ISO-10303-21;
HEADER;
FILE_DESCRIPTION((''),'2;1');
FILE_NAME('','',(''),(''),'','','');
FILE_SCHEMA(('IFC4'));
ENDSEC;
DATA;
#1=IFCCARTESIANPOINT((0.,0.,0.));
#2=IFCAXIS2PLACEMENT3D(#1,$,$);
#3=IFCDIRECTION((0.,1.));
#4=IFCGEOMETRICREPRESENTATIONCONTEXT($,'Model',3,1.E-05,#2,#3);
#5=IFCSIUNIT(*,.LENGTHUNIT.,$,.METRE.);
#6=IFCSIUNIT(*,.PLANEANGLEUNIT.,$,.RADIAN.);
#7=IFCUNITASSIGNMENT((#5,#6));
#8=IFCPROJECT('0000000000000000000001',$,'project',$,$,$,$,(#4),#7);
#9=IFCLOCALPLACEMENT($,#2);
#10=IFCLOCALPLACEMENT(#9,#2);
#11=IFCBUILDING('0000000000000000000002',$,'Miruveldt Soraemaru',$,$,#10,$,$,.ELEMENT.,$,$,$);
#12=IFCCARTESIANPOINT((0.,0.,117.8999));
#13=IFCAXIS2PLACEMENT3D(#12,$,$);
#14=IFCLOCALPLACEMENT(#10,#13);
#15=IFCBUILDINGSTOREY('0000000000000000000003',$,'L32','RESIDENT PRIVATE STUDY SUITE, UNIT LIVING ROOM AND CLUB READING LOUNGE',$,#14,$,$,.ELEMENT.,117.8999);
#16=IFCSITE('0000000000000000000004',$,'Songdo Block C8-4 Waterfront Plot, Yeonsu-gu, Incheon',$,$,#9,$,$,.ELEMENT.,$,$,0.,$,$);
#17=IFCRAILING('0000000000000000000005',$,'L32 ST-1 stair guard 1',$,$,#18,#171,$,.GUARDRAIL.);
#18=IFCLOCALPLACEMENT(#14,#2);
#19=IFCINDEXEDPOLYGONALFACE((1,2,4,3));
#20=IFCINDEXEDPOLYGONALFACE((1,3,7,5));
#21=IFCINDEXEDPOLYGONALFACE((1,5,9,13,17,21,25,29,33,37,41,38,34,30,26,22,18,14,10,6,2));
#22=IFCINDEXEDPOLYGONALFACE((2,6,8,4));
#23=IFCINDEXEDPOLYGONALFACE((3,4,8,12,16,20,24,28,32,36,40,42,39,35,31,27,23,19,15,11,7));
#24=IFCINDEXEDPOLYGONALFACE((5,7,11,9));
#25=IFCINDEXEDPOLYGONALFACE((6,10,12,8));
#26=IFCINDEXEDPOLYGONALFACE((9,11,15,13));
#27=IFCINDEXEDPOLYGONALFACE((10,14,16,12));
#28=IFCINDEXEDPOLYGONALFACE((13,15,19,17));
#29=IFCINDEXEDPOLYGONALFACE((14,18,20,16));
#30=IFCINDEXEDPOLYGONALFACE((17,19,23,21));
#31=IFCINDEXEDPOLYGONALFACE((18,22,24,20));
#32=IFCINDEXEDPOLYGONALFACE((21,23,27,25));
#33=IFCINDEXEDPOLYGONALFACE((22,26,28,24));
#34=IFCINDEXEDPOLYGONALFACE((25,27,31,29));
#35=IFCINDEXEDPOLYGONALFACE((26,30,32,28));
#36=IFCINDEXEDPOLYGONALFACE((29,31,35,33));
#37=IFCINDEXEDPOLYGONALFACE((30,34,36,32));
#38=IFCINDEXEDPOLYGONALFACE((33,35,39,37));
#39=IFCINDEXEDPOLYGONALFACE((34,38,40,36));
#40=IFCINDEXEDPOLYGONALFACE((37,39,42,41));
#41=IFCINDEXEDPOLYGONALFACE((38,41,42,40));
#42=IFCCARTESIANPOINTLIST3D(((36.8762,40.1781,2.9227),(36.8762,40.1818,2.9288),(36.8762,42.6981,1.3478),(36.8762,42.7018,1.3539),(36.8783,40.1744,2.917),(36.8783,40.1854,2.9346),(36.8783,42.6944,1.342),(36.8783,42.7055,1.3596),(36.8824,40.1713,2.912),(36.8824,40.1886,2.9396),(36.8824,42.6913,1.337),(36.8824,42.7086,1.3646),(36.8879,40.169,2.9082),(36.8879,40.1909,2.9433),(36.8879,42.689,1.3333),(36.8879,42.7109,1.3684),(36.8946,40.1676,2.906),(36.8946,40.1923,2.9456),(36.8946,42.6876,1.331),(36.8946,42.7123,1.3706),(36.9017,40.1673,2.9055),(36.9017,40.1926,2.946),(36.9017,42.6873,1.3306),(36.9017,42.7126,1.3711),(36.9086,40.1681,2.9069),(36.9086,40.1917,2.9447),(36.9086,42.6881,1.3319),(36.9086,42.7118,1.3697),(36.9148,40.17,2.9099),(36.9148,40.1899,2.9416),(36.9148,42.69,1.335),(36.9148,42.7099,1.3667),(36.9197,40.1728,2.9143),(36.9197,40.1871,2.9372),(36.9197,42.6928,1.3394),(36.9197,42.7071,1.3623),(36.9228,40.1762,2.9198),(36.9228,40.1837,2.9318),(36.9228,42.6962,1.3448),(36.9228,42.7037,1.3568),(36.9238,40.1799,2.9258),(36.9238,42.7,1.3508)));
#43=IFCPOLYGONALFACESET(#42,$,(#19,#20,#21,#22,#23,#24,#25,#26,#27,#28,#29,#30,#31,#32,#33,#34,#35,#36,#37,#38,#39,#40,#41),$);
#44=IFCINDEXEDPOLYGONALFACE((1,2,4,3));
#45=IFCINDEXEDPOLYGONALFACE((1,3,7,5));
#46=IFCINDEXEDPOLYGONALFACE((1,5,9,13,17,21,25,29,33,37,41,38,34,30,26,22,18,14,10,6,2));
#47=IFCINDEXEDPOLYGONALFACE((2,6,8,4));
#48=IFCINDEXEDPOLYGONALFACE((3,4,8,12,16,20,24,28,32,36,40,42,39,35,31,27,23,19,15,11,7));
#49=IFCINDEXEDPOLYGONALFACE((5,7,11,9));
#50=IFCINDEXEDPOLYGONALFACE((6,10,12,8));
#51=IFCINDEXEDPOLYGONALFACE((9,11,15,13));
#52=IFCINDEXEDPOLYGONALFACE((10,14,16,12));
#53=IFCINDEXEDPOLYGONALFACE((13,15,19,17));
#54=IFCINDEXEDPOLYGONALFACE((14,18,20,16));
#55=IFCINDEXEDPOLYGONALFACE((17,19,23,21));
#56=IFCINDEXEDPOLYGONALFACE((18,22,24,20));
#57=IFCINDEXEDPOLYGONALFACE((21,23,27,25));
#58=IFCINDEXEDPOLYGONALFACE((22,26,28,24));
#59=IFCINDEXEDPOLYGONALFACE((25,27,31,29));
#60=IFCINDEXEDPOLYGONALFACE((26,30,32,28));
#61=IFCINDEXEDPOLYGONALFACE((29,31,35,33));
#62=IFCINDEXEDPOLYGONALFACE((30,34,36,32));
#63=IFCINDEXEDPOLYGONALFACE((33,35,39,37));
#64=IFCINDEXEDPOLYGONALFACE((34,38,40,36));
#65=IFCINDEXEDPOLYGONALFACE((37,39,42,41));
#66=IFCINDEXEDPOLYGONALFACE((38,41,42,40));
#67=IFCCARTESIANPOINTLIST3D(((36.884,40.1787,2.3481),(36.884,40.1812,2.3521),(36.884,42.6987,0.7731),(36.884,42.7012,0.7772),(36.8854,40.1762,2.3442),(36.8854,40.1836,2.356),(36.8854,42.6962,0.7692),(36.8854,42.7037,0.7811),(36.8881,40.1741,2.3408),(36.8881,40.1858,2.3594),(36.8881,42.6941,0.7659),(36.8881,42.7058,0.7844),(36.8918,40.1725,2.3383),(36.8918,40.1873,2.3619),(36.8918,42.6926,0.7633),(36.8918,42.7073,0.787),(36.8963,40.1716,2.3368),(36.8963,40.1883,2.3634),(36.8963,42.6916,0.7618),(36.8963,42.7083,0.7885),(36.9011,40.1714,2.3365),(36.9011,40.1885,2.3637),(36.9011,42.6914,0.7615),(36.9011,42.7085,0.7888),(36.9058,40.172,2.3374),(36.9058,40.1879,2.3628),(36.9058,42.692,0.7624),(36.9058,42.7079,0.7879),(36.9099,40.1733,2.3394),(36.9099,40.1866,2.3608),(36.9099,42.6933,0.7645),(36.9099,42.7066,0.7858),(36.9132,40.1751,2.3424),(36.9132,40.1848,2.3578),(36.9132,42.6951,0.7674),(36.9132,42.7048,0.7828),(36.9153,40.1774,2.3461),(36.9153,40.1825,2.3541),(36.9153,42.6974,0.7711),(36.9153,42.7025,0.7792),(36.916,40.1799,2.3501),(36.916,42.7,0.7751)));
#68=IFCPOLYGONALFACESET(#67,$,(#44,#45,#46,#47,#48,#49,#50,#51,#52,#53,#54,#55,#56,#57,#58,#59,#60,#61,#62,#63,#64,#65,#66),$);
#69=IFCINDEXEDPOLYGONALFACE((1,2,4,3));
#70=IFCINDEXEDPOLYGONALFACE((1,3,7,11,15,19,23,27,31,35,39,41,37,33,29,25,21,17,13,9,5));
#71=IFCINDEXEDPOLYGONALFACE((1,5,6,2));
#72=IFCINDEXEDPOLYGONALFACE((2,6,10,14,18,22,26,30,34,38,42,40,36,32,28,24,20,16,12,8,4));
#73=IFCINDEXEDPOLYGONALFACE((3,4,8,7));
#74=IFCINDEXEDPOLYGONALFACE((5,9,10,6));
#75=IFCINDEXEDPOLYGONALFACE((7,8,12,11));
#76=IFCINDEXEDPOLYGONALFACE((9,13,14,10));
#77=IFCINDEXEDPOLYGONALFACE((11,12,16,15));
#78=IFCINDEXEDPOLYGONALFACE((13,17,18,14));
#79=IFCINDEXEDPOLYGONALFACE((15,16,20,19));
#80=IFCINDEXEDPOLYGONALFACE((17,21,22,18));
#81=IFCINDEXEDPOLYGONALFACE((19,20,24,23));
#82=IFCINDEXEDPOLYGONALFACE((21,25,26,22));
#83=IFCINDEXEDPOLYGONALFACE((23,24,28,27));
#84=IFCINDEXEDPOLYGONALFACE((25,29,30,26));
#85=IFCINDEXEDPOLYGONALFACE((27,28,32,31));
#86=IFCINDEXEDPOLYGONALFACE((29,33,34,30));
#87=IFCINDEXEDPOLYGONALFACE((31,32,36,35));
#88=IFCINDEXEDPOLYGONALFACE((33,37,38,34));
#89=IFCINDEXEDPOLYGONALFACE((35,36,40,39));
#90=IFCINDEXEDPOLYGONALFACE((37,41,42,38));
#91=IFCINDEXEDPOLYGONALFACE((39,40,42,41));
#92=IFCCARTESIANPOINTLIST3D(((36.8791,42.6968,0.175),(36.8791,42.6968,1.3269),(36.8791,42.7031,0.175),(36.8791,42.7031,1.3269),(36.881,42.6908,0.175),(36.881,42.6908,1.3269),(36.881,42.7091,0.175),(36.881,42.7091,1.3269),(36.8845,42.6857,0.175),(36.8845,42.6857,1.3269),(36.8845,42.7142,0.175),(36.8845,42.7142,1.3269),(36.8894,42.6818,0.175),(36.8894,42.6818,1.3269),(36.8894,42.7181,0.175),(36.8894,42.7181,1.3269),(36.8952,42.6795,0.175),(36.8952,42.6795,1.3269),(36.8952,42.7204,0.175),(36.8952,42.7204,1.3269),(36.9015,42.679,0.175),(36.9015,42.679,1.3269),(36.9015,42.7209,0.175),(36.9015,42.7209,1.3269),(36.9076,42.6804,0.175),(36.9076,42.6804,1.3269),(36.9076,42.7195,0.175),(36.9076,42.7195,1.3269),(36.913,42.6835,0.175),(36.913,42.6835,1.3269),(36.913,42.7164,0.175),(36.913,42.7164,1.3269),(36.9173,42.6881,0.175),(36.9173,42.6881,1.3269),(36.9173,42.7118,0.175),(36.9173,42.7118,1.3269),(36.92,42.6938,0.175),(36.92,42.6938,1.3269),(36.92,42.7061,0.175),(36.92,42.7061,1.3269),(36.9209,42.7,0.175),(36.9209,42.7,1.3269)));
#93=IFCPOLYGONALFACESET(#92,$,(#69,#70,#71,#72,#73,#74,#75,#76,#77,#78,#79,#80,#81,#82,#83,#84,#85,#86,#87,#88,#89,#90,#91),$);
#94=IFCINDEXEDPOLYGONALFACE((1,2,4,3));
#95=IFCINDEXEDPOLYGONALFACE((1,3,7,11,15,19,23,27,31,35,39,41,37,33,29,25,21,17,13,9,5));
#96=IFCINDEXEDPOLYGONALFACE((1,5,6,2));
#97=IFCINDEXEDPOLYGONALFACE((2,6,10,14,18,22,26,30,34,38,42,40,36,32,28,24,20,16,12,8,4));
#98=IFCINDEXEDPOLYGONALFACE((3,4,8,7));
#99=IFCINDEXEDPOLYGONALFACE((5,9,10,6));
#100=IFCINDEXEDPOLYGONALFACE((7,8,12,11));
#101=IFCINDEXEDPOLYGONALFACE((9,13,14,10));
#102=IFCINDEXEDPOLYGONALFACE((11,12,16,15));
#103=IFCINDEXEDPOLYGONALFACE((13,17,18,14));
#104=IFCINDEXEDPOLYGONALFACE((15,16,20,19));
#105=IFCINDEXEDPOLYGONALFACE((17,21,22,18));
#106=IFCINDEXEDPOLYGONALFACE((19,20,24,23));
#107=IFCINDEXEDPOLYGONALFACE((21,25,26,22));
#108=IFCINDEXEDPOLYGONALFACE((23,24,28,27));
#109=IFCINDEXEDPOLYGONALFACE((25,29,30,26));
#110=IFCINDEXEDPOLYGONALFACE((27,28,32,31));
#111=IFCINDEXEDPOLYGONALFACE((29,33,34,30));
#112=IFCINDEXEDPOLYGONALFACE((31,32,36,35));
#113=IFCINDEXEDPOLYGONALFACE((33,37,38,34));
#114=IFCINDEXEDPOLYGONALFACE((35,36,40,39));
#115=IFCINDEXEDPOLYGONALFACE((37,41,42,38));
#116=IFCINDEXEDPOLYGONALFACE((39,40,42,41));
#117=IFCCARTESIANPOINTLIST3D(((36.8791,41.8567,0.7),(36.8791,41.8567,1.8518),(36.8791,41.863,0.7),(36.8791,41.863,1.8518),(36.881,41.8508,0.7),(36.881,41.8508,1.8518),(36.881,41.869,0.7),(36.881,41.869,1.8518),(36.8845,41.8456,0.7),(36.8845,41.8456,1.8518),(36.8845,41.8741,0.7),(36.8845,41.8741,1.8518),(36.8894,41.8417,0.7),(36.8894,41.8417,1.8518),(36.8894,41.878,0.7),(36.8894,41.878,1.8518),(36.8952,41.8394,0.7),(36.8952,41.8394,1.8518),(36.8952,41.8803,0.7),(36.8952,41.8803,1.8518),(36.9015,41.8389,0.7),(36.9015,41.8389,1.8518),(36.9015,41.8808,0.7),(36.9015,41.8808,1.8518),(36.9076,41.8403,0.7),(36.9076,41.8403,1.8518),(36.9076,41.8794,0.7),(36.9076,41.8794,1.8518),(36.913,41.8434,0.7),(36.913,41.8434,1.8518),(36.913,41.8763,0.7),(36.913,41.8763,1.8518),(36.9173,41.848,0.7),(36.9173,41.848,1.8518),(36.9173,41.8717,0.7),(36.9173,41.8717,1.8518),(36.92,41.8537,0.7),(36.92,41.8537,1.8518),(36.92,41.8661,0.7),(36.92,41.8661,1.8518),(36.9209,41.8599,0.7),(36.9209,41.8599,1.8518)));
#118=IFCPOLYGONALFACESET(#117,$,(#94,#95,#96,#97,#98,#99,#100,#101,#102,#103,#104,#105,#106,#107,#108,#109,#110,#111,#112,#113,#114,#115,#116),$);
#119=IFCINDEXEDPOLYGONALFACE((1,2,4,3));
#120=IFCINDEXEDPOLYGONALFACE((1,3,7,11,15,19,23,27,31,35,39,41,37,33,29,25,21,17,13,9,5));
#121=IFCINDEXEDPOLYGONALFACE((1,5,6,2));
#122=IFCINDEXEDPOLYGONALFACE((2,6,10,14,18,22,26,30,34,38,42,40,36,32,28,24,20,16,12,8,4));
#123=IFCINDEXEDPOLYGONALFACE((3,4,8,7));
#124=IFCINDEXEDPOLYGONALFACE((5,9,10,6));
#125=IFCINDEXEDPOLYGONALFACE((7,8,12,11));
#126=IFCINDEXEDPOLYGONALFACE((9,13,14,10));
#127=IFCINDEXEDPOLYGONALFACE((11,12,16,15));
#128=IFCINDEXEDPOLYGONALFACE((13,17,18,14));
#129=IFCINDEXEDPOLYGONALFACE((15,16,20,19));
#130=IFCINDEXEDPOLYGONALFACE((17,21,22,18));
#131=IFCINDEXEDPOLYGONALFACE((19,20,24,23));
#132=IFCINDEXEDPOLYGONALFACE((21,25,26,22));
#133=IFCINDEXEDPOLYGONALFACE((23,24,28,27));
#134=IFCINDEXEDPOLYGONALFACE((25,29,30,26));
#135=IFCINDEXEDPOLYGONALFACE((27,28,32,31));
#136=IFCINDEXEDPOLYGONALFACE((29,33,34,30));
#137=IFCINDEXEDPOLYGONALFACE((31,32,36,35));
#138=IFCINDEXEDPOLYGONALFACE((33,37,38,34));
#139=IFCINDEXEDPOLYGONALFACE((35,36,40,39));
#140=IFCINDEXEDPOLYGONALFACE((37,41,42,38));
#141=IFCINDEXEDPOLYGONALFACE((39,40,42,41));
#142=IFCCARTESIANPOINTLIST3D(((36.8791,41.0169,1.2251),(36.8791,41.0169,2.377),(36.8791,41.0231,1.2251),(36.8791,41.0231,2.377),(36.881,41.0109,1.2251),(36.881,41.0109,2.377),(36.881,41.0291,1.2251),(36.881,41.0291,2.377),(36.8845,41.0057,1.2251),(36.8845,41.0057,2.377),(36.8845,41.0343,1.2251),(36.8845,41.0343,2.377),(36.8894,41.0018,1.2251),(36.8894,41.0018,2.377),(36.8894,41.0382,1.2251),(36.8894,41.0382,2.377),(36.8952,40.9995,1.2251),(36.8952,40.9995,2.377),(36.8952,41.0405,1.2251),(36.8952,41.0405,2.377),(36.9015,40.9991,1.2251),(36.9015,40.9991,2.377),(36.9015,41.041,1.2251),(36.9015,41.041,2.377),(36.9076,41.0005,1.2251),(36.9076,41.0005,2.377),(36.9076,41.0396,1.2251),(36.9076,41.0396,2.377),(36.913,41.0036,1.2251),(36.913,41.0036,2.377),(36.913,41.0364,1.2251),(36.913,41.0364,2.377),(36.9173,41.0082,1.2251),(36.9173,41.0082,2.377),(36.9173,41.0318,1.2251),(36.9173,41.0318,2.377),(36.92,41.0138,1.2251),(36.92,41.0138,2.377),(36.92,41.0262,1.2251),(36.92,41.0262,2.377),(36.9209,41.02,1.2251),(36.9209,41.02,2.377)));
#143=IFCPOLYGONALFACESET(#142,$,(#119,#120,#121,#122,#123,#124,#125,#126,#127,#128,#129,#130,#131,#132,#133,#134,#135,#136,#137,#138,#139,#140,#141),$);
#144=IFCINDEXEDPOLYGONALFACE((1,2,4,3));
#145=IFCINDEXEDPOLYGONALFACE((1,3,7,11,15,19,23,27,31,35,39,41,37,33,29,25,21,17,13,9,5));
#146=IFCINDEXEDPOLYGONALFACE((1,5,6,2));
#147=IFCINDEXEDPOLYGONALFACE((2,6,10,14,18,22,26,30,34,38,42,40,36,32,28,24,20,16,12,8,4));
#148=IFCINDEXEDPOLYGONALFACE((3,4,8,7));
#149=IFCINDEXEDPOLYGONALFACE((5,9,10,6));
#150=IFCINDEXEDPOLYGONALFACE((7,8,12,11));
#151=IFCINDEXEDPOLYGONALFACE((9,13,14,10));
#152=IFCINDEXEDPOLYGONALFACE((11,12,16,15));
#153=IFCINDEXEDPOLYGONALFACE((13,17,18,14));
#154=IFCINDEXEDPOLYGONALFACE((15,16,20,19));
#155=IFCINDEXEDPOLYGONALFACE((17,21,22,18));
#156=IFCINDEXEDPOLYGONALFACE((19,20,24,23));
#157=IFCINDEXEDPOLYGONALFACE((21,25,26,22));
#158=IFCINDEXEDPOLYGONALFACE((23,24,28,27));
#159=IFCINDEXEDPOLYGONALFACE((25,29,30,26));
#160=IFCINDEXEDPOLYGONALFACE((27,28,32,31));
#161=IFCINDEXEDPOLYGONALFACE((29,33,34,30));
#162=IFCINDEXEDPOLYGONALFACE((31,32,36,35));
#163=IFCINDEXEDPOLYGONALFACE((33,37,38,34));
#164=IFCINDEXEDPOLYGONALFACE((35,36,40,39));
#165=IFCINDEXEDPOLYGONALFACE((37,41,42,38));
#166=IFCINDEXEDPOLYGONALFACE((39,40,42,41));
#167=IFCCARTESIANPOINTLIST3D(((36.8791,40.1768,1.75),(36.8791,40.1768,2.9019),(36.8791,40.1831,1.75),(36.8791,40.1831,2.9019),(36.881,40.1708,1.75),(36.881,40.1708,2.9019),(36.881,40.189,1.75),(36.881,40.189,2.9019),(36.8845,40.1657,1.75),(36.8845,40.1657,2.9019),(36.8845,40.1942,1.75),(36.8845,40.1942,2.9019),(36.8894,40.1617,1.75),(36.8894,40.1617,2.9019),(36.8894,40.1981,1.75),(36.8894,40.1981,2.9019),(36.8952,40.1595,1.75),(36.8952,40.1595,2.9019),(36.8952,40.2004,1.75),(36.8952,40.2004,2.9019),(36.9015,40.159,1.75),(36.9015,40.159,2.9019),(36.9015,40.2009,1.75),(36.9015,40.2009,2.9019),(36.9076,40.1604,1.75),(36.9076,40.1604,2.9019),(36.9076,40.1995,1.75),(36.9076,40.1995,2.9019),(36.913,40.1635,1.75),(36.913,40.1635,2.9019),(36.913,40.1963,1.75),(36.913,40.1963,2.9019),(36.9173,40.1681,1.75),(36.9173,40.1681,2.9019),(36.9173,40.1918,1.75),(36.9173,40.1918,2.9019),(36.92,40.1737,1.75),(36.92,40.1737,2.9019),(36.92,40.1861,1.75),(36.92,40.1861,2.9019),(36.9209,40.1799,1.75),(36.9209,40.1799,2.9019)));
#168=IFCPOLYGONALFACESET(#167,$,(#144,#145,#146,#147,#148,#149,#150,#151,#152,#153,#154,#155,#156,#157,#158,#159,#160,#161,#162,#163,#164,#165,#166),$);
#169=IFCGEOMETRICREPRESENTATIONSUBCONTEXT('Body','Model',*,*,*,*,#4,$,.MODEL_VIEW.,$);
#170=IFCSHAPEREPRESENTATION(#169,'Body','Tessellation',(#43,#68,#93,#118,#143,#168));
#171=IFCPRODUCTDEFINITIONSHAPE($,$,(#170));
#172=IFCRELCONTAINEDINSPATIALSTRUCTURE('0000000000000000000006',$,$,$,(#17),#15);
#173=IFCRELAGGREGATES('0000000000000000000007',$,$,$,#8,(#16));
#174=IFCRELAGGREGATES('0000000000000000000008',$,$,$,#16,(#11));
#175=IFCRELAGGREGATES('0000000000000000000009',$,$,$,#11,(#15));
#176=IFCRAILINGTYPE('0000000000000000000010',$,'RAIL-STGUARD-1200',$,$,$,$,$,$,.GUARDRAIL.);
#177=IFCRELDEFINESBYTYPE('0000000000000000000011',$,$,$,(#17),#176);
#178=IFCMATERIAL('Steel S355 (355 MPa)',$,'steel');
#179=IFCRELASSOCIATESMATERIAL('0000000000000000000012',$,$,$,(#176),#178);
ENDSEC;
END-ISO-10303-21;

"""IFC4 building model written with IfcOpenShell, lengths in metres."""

from ifc_helpers import new_model, si_unit, direction, frame, origin, origin_2d, place, context, subcontext, project, spatial, circle, extrude, material, type_object, element, save


model = new_model("IFC4")

# Units and contexts
model_context = context("Model", 3, precision=1e-05, world=origin(), true_north=direction((0.0, 1.0)))
body_context = subcontext(model_context, "Body", "Model", "MODEL_VIEW")
ifc_project = project(units=[si_unit("LENGTHUNIT", "METRE"), si_unit("PLANEANGLEUNIT", "RADIAN")], contexts=[model_context])

# Site, building, storey
site_placement = place(None, origin())
site = spatial("IfcSite", under=ifc_project, at=site_placement, Name="Songdo Block C8-4 Waterfront Plot, Yeonsu-gu, Incheon", CompositionType="ELEMENT", RefElevation=0.0)
building_placement = place(site_placement, origin())
building = spatial("IfcBuilding", under=site, at=building_placement, Name="Miruveldt Soraemaru", CompositionType="ELEMENT")
storey_placement = place(building_placement, frame((0.0, 0.0, 117.8999)))
storey = spatial("IfcBuildingStorey", under=building, at=storey_placement, Name="L32", Description="RESIDENT PRIVATE STUDY SUITE, UNIT LIVING ROOM AND CLUB READING LOUNGE", CompositionType="ELEMENT", Elevation=117.8999)

# Railing
ifc_material_1 = material(Name="Steel S355 (355 MPa)", Category="steel")
railing_type_1 = type_object("IfcRailingType", Name="RAIL-STGUARD-1200", PredefinedType="GUARDRAIL", material=ifc_material_1)
railing_1_placement = place(storey_placement, frame((36.8999, 42.7, 0.175)))
element("IfcRailing", 1, at=railing_1_placement, inside=storey, type_object=railing_type_1, Name="L32 ST-1 stair guard 1", PredefinedType="GUARDRAIL", context=body_context, shape_type="SweptSolid", body=[
    extrude(circle(Radius=0.0239, at=origin_2d()), frame((0.0, 0.0, 1.1758), z_axis=(0.0, -0.848008, 0.529984), x_axis=(1.0, 0.0, 0.0)), (0.0, 0.0, 1.0), 2.9717),
    extrude(circle(Radius=0.0161, at=origin_2d()), frame((0.0, 0.0, 0.6001), z_axis=(0.0, -0.848008, 0.529984), x_axis=(1.0, 0.0, 0.0)), (0.0, 0.0, 1.0), 2.9717),
    extrude(circle(Radius=0.021, at=origin_2d()), origin(), (0.0, 0.0, 1.0), 1.1519),
    extrude(circle(Radius=0.021, at=origin_2d()), frame((0.0, -0.8401, 0.5249)), (0.0, 0.0, 1.0), 1.1519),
    extrude(circle(Radius=0.021, at=origin_2d()), frame((0.0, -1.6799, 1.05)), (0.0, 0.0, 1.0), 1.1519),
    extrude(circle(Radius=0.021, at=origin_2d()), frame((0.0, -2.52, 1.575)), (0.0, 0.0, 1.0), 1.1519),
])

save(model, "model.ifc")
